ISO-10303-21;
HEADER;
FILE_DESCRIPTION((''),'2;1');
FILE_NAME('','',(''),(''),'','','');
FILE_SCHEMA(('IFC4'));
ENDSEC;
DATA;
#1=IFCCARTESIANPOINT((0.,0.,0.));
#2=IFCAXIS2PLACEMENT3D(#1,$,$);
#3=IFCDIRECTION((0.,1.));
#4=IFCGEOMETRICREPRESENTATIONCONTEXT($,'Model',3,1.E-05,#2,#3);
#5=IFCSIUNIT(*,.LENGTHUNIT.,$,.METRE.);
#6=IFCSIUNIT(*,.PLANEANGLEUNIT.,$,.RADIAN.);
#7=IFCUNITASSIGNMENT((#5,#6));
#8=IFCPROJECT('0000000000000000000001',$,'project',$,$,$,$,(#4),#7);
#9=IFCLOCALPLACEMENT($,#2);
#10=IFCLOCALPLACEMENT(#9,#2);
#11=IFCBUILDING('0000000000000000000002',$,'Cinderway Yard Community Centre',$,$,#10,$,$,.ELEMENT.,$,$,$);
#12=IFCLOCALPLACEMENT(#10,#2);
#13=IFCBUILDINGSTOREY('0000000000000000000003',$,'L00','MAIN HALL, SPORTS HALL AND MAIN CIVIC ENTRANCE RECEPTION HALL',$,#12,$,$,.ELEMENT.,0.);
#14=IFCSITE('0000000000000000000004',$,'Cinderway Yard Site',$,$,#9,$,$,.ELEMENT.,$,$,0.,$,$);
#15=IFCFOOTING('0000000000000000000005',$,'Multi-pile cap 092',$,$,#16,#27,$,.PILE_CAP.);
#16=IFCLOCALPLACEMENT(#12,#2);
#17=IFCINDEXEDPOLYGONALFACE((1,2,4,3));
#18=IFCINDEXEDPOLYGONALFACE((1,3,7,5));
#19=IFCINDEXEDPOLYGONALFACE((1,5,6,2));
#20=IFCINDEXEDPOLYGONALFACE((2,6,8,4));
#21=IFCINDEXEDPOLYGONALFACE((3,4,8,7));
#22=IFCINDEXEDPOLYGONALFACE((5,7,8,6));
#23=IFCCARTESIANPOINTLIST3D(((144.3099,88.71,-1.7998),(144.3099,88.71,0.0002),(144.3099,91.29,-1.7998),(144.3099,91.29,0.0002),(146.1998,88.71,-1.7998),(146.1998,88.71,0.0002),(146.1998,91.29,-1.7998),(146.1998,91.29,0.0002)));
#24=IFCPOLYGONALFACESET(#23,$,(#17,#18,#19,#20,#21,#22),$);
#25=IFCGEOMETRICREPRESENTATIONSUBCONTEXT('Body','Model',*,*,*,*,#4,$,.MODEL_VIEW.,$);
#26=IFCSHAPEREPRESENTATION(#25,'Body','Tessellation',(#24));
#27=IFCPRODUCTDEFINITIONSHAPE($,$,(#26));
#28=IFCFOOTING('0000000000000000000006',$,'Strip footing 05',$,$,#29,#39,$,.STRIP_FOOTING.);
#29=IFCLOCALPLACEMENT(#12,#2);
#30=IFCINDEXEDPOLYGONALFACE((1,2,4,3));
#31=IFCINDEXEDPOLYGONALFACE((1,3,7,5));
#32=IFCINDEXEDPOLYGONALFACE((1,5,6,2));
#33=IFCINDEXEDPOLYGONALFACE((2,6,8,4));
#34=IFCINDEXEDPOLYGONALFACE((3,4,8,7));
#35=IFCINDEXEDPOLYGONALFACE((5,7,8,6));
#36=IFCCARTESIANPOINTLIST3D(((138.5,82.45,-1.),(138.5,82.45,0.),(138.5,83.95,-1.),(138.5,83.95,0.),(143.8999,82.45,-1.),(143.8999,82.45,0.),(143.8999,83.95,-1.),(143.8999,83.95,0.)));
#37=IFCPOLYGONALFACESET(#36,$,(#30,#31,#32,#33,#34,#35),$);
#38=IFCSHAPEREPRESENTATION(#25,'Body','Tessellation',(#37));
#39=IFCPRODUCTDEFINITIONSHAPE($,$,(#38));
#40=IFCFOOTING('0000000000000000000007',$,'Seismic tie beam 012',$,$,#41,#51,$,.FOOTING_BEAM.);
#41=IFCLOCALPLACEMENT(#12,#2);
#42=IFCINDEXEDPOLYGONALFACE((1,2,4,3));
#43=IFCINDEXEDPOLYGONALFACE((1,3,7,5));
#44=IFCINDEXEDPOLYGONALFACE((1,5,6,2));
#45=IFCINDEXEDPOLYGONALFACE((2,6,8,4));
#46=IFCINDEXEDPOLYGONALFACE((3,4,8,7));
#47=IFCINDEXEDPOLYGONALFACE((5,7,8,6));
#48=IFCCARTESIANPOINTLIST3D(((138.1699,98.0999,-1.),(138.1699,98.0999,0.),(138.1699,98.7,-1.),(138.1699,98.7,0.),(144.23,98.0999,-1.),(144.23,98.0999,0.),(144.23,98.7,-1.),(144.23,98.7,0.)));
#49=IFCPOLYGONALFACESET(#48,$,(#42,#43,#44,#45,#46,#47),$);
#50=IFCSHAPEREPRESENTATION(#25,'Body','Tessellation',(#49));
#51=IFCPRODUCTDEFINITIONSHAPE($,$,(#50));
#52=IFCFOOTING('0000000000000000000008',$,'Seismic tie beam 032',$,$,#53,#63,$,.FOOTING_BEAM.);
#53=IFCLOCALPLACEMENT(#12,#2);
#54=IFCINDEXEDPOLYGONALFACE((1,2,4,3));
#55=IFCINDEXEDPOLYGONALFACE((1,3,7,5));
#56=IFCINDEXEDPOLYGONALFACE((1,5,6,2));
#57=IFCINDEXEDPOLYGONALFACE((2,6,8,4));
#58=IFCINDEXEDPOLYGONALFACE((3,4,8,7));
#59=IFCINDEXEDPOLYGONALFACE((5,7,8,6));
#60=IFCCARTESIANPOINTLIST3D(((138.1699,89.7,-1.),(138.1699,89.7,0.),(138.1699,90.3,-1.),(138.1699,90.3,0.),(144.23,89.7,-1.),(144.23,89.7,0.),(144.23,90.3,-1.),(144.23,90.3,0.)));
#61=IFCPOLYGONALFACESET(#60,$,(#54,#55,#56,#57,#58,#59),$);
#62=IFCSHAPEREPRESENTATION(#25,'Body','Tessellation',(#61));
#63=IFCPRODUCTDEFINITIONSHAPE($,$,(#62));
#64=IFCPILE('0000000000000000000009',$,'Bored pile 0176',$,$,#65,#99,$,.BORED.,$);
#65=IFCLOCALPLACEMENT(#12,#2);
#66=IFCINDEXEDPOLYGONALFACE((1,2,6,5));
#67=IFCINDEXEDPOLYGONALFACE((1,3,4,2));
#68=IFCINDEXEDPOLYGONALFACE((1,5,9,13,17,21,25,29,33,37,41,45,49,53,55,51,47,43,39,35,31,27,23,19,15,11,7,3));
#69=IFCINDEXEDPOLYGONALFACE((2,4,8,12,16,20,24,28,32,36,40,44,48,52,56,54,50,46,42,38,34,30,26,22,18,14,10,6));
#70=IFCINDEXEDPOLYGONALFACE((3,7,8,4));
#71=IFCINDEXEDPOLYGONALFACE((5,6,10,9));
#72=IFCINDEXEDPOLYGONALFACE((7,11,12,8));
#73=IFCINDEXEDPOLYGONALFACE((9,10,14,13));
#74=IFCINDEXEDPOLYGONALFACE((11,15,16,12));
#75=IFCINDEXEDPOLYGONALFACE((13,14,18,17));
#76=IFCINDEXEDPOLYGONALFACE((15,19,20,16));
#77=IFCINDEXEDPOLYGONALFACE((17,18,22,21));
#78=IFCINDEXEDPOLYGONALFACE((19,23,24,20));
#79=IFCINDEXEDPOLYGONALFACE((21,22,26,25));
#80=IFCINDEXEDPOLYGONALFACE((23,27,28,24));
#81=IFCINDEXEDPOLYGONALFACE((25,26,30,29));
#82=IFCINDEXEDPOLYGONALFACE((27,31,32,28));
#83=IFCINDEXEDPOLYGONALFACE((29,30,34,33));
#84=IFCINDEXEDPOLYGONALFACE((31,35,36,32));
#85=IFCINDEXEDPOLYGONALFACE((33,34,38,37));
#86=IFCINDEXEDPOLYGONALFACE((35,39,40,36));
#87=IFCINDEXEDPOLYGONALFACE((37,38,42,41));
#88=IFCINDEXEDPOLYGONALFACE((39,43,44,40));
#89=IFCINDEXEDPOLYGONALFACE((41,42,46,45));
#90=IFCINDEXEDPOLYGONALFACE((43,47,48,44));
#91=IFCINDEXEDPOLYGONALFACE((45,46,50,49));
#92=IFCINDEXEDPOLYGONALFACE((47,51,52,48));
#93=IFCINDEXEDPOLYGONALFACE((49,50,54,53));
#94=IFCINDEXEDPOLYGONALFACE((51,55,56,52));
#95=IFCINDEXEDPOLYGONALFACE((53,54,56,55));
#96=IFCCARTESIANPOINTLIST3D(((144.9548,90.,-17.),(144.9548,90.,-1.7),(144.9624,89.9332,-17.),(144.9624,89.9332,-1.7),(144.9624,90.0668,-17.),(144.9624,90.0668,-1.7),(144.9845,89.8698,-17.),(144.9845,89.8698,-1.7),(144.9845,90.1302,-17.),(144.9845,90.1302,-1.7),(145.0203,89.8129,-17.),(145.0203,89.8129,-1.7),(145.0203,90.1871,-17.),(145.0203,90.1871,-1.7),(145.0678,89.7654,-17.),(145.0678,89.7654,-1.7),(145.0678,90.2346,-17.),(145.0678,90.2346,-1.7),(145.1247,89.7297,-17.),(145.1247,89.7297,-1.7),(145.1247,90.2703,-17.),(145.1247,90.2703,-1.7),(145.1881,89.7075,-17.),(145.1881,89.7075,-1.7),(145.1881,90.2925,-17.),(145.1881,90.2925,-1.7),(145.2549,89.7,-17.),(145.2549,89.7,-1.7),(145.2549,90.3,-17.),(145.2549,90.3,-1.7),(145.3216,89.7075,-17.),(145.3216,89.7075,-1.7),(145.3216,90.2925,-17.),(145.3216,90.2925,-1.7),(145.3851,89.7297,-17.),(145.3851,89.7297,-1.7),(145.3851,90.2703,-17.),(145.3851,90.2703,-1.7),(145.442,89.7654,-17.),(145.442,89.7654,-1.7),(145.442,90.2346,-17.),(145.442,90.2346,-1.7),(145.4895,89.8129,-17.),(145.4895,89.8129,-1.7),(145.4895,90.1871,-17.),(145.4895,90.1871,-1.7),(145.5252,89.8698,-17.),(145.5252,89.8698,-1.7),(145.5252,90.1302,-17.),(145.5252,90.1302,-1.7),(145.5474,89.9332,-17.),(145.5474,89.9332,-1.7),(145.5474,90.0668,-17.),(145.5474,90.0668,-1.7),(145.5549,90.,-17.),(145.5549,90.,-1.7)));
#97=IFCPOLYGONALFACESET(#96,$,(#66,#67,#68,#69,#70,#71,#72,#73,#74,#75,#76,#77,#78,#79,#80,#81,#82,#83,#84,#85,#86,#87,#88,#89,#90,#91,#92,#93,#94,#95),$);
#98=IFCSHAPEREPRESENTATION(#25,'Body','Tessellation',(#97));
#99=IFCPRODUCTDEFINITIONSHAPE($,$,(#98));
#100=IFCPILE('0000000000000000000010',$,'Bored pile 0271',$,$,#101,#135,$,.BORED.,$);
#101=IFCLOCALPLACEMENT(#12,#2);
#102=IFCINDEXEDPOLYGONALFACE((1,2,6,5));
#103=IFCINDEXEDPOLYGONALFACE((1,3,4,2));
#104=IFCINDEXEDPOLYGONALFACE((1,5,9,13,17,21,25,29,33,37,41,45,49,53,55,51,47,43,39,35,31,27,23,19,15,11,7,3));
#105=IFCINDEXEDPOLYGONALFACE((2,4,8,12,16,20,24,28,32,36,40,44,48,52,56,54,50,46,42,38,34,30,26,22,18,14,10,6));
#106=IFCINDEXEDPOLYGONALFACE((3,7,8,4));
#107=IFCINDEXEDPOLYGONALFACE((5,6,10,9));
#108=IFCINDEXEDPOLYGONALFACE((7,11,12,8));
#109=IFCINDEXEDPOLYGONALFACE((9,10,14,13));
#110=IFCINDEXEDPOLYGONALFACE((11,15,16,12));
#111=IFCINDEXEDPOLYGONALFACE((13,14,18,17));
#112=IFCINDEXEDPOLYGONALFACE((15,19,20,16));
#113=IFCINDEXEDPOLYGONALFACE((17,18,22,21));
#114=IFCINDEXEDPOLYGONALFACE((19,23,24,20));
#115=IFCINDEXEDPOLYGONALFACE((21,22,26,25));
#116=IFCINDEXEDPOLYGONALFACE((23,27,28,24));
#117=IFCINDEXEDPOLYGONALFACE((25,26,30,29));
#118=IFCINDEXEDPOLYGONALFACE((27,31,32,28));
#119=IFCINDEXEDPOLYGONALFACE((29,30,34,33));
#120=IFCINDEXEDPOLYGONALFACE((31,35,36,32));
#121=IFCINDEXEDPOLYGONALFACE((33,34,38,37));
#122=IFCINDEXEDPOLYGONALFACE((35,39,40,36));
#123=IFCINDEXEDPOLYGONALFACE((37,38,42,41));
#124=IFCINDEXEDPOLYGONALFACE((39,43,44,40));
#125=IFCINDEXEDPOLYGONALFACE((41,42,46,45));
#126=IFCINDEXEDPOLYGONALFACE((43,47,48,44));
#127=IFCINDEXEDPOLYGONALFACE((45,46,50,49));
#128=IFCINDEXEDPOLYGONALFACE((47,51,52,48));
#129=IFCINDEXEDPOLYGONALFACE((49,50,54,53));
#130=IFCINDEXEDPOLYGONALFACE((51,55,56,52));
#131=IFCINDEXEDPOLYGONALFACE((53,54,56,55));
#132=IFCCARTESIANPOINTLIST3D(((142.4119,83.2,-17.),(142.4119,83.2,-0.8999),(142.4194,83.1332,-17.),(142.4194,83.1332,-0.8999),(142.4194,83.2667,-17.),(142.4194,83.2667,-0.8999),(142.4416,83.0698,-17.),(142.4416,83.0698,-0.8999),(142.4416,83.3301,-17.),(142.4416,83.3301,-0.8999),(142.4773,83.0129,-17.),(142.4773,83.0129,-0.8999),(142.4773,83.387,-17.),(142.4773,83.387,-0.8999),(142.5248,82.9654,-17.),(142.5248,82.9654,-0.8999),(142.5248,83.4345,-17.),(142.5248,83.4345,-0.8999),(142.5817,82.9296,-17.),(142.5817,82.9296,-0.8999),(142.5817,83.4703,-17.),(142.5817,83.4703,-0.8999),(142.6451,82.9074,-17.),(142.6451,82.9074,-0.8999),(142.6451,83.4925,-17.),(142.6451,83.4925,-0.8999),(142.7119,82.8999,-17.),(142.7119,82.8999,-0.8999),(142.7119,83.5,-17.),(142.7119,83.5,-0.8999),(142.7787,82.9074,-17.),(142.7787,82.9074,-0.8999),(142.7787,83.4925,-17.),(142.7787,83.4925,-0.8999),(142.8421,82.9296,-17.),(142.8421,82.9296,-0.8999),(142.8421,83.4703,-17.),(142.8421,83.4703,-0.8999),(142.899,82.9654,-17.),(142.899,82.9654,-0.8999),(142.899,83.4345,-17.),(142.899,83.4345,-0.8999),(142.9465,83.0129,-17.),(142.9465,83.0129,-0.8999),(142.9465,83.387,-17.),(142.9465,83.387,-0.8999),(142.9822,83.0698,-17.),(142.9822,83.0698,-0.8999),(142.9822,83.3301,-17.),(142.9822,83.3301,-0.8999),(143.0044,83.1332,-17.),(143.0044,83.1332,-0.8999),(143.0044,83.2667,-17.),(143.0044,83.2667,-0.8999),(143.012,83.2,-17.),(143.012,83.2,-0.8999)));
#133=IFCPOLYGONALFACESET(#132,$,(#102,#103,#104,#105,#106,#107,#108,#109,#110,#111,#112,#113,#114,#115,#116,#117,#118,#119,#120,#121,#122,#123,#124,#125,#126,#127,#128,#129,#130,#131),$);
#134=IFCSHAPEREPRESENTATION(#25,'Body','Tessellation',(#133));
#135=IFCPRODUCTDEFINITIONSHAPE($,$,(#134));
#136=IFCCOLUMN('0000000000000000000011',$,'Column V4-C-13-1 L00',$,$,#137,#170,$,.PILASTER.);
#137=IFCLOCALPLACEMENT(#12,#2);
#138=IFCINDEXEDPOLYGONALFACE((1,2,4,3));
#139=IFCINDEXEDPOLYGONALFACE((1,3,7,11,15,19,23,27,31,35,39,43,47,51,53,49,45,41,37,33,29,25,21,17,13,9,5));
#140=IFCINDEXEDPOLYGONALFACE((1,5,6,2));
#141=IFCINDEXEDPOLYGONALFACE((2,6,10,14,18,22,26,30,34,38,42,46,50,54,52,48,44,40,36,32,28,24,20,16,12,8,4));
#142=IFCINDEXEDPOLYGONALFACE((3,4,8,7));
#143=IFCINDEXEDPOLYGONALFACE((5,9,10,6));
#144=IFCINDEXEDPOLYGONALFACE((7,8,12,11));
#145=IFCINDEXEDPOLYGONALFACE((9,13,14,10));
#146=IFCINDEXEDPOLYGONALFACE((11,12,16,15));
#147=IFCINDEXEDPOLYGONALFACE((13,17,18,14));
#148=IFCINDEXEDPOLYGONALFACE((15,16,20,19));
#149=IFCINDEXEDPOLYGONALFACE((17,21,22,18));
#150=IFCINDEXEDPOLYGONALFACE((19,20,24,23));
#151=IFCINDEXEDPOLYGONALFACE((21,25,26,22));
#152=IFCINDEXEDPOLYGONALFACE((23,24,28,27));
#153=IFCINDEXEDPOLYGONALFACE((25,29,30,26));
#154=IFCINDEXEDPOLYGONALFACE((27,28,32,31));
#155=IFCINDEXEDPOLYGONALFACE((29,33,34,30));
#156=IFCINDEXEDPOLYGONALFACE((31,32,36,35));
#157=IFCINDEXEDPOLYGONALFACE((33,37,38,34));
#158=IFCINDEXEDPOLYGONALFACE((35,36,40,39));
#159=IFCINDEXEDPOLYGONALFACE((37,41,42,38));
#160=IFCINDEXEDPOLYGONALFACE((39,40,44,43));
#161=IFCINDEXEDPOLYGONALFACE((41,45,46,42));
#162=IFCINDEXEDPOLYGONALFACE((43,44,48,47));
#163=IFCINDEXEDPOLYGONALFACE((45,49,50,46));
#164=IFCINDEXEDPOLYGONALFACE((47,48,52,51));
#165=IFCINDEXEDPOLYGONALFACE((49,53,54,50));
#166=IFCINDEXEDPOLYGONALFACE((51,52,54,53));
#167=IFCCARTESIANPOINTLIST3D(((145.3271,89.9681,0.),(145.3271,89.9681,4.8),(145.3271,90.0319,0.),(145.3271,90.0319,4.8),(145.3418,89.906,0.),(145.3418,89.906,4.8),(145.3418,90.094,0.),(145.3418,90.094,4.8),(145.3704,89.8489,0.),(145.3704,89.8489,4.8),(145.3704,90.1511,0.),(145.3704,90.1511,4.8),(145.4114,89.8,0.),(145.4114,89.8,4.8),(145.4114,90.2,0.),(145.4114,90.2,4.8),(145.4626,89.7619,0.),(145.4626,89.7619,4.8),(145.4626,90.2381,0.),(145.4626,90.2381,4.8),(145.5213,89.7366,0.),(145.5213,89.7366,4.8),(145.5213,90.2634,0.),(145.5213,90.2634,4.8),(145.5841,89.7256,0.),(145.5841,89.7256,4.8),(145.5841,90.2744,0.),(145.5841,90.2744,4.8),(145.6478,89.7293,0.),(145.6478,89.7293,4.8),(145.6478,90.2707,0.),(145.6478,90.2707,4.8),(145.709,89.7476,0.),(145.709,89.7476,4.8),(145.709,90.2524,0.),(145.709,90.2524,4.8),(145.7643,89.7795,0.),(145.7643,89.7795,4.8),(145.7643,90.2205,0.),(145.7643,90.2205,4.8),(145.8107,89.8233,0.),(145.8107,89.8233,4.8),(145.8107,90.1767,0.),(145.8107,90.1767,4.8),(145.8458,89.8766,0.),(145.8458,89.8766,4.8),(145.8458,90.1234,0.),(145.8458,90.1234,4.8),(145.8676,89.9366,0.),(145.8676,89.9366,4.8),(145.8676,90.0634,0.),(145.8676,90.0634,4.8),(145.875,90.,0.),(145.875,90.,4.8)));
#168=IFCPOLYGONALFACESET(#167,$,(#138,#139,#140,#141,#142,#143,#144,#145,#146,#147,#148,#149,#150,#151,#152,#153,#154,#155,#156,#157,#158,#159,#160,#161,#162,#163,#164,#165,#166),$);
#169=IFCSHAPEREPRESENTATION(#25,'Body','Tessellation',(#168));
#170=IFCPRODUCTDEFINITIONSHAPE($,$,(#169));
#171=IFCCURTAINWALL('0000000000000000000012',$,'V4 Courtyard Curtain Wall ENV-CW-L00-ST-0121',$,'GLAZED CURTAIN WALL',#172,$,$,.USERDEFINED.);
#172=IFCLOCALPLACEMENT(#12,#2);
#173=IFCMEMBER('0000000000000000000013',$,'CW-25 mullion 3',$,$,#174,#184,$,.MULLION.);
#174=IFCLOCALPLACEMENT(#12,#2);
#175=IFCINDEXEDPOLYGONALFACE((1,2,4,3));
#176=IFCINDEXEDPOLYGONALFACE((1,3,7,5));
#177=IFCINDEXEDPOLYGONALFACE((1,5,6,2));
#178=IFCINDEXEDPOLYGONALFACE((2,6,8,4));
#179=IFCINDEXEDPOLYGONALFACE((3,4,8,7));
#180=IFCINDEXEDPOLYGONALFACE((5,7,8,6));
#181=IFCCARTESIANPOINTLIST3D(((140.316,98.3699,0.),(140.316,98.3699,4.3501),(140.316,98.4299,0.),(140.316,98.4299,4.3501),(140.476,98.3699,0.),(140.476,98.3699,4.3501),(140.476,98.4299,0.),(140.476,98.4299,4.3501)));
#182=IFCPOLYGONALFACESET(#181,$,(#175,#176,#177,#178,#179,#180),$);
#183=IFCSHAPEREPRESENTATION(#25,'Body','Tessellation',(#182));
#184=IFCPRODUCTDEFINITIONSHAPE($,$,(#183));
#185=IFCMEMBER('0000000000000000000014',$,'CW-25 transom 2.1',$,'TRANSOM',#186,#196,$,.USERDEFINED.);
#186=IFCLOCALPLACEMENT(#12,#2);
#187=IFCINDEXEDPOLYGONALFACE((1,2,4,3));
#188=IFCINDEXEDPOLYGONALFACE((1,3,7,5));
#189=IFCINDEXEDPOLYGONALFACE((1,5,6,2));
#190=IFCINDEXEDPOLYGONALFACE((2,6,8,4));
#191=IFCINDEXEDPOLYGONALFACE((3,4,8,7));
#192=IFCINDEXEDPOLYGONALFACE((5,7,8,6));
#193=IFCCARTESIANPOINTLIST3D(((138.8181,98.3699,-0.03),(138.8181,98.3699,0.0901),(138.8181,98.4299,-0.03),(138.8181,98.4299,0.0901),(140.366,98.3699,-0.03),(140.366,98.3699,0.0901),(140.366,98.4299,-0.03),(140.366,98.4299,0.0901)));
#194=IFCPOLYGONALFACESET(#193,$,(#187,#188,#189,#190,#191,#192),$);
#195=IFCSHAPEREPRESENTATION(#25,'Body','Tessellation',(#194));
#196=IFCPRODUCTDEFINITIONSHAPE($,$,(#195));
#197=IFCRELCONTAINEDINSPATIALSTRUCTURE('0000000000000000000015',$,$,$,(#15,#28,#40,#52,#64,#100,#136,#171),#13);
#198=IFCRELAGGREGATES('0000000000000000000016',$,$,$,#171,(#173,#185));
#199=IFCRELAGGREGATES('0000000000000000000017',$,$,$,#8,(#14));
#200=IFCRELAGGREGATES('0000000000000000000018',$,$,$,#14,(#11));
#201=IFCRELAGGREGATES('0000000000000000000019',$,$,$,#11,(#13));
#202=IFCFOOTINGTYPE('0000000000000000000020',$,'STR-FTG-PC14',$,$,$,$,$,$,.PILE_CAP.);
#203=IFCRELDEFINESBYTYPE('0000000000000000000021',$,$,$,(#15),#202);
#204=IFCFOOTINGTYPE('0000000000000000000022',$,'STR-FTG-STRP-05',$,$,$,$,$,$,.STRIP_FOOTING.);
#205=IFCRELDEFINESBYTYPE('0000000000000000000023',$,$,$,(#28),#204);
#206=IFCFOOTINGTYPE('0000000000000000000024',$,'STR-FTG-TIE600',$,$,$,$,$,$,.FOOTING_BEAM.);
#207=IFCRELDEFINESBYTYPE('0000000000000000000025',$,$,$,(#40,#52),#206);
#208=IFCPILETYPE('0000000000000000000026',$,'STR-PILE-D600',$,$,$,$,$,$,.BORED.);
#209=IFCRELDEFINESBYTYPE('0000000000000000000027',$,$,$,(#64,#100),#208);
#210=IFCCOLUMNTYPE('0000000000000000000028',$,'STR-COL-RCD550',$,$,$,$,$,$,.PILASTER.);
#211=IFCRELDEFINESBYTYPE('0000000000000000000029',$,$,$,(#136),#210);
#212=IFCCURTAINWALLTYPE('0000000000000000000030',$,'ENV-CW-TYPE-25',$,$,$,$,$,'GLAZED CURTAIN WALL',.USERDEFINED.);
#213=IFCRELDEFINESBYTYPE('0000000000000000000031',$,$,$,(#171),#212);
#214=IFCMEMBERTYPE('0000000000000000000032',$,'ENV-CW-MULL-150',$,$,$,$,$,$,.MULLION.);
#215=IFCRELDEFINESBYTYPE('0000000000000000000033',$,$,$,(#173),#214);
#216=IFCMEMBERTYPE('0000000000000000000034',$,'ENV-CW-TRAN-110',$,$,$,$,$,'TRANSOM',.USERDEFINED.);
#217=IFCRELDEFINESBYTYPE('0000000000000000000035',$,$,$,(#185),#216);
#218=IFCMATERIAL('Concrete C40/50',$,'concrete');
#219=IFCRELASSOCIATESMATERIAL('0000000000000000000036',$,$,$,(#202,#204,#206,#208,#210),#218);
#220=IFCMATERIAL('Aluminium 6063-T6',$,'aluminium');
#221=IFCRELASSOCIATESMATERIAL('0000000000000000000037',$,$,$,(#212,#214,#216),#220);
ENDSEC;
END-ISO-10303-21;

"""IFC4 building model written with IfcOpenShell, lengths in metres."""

from ifc_helpers import new_model, si_unit, direction, frame, origin, origin_2d, place, context, subcontext, project, spatial, rectangle, circle, extrude, material, material_profile, profile_set, type_object, element, aggregate, save


model = new_model("IFC4")

# Units and contexts
model_context = context("Model", 3, precision=1e-05, world=origin(), true_north=direction((0.0, 1.0)))
body_context = subcontext(model_context, "Body", "Model", "MODEL_VIEW")
ifc_project = project(units=[si_unit("LENGTHUNIT", "METRE"), si_unit("PLANEANGLEUNIT", "RADIAN")], contexts=[model_context])

# Site, building, storey
site_placement = place(None, origin())
site = spatial("IfcSite", under=ifc_project, at=site_placement, Name="Cinderway Yard Site", CompositionType="ELEMENT", RefElevation=0.0)
building_placement = place(site_placement, origin())
building = spatial("IfcBuilding", under=site, at=building_placement, Name="Cinderway Yard Community Centre", CompositionType="ELEMENT")
storey_placement = place(building_placement, origin())
storey = spatial("IfcBuildingStorey", under=building, at=storey_placement, Name="L00", Description="MAIN HALL, SPORTS HALL AND MAIN CIVIC ENTRANCE RECEPTION HALL", CompositionType="ELEMENT", Elevation=0.0)

# Footings
ifc_material_1 = material(Name="Concrete C40/50", Category="concrete")
footing_type_1 = type_object("IfcFootingType", Name="STR-FTG-PC14", PredefinedType="PILE_CAP", material=ifc_material_1)
footing_1_placement = place(storey_placement, frame((145.2549, 90.0, -1.7998), z_axis=(0.0, 0.0, 1.0), x_axis=(1.0, 0.0, 0.0)))
element("IfcFooting", 1, at=footing_1_placement, inside=storey, type_object=footing_type_1, Name="Multi-pile cap 092", PredefinedType="PILE_CAP", context=body_context, shape_type="SweptSolid", body=[
    extrude(rectangle(XDim=1.8899, YDim=2.5801, at=origin_2d()), origin(), (0.0, 0.0, 1.0), 1.8),
])
footing_type_2 = type_object("IfcFootingType", Name="STR-FTG-STRP-05", PredefinedType="STRIP_FOOTING", material=ifc_material_1)
footing_2_placement = place(storey_placement, frame((141.2, 83.2, -1.0), z_axis=(0.0, 0.0, 1.0), x_axis=(1.0, 0.0, 0.0)))
element("IfcFooting", 2, at=footing_2_placement, inside=storey, type_object=footing_type_2, Name="Strip footing 05", PredefinedType="STRIP_FOOTING", context=body_context, shape_type="SweptSolid", body=[
    extrude(rectangle(XDim=5.3999, YDim=1.5, at=origin_2d()), origin(), (0.0, 0.0, 1.0), 1.0),
])
footing_type_3 = type_object("IfcFootingType", Name="STR-FTG-TIE600", PredefinedType="FOOTING_BEAM", material=ifc_material_1)
for number, where, z_axis, x_axis, name in (
    (3, (141.2, 98.3999, -1.0), (0.0, 0.0, 1.0), (1.0, 0.0, 0.0), "Seismic tie beam 012"),
    (4, (141.2, 90.0, -1.0), (0.0, 0.0, 1.0), (1.0, 0.0, 0.0), "Seismic tie beam 032"),
):
    element("IfcFooting", number, at=place(storey_placement, frame(where, z_axis=z_axis, x_axis=x_axis)), inside=storey, type_object=footing_type_3, Name=name, PredefinedType="FOOTING_BEAM", context=body_context, shape_type="SweptSolid", body=[
        extrude(rectangle(XDim=6.0601, YDim=0.6001, at=origin_2d()), origin(), (0.0, 0.0, 1.0), 1.0),
    ])

# Piles
ifc_material_profile_1 = material_profile(ifc_material_1, circle(Radius=0.3, at=origin_2d()), Name="Concrete C40/50")
ifc_profile_set_1 = profile_set([ifc_material_profile_1], Name="Concrete C40/50")
pile_type = type_object("IfcPileType", Name="STR-PILE-D600", PredefinedType="BORED", material=ifc_profile_set_1)
pile_1_placement = place(storey_placement, frame((145.2549, 90.0, -1.7), z_axis=(0.0, 0.0, -1.0), x_axis=(1.0, 0.0, 0.0)))
element("IfcPile", 5, at=pile_1_placement, inside=storey, type_object=pile_type, Name="Bored pile 0176", PredefinedType="BORED", context=body_context, shape_type="SweptSolid", body=[
    extrude(circle(Radius=0.3, at=origin_2d()), origin(), (0.0, 0.0, 1.0), 15.3),
])
pile_2_placement = place(storey_placement, frame((142.7119, 83.2, -0.8999), z_axis=(0.0, 0.0, -1.0), x_axis=(1.0, 0.0, 0.0)))
element("IfcPile", 6, at=pile_2_placement, inside=storey, type_object=pile_type, Name="Bored pile 0271", PredefinedType="BORED", context=body_context, shape_type="SweptSolid", body=[
    extrude(circle(Radius=0.3, at=origin_2d()), origin(), (0.0, 0.0, 1.0), 16.1001),
])

# Column
ifc_material_profile_2 = material_profile(ifc_material_1, circle(Radius=0.2749, at=origin_2d()), Name="Concrete C40/50")
ifc_profile_set_2 = profile_set([ifc_material_profile_2], Name="Concrete C40/50")
column_type = type_object("IfcColumnType", Name="STR-COL-RCD550", PredefinedType="PILASTER", material=ifc_profile_set_2)
column_placement = place(storey_placement, frame((145.6001, 90.0, 0.0), z_axis=(0.0, 0.0, 1.0), x_axis=(1.0, 0.0, 0.0)))
element("IfcColumn", 7, at=column_placement, inside=storey, type_object=column_type, Name="Column V4-C-13-1 L00", PredefinedType="PILASTER", context=body_context, shape_type="SweptSolid", body=[
    extrude(circle(Radius=0.2749, at=origin_2d()), origin(), (0.0, 0.0, 1.0), 4.8),
])

# Curtain wall, members
ifc_material_2 = material(Name="Aluminium 6063-T6", Category="aluminium")
curtain_wall_type = type_object("IfcCurtainWallType", Name="ENV-CW-TYPE-25", ElementType="GLAZED CURTAIN WALL", PredefinedType="USERDEFINED", material=ifc_material_2)
curtain_wall_placement = place(storey_placement, origin())
curtain_wall = element("IfcCurtainWall", 8, at=curtain_wall_placement, inside=storey, type_object=curtain_wall_type, Name="V4 Courtyard Curtain Wall ENV-CW-L00-ST-0121", ObjectType="GLAZED CURTAIN WALL", PredefinedType="USERDEFINED")
ifc_material_profile_3 = material_profile(ifc_material_2, rectangle(XDim=0.0601, YDim=0.1599, at=origin_2d()), Name="Aluminium 6063-T6")
ifc_profile_set_3 = profile_set([ifc_material_profile_3], Name="Aluminium 6063-T6")
member_type_1 = type_object("IfcMemberType", Name="ENV-CW-MULL-150", PredefinedType="MULLION", material=ifc_profile_set_3)
member_1_placement = place(storey_placement, frame((140.396, 98.3999, 0.0), z_axis=(0.0, 0.0, 1.0), x_axis=(0.0, 1.0, 0.0)))
member_1 = element("IfcMember", 9, at=member_1_placement, type_object=member_type_1, Name="CW-25 mullion 3", PredefinedType="MULLION", context=body_context, shape_type="SweptSolid", body=[
    extrude(rectangle(XDim=0.0601, YDim=0.1599, at=origin_2d()), origin(), (0.0, 0.0, 1.0), 4.3501),
])
ifc_material_profile_4 = material_profile(ifc_material_2, rectangle(XDim=0.0601, YDim=0.1201, at=origin_2d()), Name="Aluminium 6063-T6")
ifc_profile_set_4 = profile_set([ifc_material_profile_4], Name="Aluminium 6063-T6")
member_type_2 = type_object("IfcMemberType", Name="ENV-CW-TRAN-110", ElementType="TRANSOM", PredefinedType="USERDEFINED", material=ifc_profile_set_4)
member_2_placement = place(storey_placement, frame((138.8181, 98.3999, 0.03), z_axis=(1.0, 0.0, 0.0), x_axis=(0.0, 1.0, 0.0)))
member_2 = element("IfcMember", 10, at=member_2_placement, type_object=member_type_2, Name="CW-25 transom 2.1", ObjectType="TRANSOM", PredefinedType="USERDEFINED", context=body_context, shape_type="SweptSolid", body=[
    extrude(rectangle(XDim=0.0601, YDim=0.1201, at=origin_2d()), origin(), (0.0, 0.0, 1.0), 1.5479),
])
aggregate(curtain_wall, [member_1, member_2])

save(model, "model.ifc")
